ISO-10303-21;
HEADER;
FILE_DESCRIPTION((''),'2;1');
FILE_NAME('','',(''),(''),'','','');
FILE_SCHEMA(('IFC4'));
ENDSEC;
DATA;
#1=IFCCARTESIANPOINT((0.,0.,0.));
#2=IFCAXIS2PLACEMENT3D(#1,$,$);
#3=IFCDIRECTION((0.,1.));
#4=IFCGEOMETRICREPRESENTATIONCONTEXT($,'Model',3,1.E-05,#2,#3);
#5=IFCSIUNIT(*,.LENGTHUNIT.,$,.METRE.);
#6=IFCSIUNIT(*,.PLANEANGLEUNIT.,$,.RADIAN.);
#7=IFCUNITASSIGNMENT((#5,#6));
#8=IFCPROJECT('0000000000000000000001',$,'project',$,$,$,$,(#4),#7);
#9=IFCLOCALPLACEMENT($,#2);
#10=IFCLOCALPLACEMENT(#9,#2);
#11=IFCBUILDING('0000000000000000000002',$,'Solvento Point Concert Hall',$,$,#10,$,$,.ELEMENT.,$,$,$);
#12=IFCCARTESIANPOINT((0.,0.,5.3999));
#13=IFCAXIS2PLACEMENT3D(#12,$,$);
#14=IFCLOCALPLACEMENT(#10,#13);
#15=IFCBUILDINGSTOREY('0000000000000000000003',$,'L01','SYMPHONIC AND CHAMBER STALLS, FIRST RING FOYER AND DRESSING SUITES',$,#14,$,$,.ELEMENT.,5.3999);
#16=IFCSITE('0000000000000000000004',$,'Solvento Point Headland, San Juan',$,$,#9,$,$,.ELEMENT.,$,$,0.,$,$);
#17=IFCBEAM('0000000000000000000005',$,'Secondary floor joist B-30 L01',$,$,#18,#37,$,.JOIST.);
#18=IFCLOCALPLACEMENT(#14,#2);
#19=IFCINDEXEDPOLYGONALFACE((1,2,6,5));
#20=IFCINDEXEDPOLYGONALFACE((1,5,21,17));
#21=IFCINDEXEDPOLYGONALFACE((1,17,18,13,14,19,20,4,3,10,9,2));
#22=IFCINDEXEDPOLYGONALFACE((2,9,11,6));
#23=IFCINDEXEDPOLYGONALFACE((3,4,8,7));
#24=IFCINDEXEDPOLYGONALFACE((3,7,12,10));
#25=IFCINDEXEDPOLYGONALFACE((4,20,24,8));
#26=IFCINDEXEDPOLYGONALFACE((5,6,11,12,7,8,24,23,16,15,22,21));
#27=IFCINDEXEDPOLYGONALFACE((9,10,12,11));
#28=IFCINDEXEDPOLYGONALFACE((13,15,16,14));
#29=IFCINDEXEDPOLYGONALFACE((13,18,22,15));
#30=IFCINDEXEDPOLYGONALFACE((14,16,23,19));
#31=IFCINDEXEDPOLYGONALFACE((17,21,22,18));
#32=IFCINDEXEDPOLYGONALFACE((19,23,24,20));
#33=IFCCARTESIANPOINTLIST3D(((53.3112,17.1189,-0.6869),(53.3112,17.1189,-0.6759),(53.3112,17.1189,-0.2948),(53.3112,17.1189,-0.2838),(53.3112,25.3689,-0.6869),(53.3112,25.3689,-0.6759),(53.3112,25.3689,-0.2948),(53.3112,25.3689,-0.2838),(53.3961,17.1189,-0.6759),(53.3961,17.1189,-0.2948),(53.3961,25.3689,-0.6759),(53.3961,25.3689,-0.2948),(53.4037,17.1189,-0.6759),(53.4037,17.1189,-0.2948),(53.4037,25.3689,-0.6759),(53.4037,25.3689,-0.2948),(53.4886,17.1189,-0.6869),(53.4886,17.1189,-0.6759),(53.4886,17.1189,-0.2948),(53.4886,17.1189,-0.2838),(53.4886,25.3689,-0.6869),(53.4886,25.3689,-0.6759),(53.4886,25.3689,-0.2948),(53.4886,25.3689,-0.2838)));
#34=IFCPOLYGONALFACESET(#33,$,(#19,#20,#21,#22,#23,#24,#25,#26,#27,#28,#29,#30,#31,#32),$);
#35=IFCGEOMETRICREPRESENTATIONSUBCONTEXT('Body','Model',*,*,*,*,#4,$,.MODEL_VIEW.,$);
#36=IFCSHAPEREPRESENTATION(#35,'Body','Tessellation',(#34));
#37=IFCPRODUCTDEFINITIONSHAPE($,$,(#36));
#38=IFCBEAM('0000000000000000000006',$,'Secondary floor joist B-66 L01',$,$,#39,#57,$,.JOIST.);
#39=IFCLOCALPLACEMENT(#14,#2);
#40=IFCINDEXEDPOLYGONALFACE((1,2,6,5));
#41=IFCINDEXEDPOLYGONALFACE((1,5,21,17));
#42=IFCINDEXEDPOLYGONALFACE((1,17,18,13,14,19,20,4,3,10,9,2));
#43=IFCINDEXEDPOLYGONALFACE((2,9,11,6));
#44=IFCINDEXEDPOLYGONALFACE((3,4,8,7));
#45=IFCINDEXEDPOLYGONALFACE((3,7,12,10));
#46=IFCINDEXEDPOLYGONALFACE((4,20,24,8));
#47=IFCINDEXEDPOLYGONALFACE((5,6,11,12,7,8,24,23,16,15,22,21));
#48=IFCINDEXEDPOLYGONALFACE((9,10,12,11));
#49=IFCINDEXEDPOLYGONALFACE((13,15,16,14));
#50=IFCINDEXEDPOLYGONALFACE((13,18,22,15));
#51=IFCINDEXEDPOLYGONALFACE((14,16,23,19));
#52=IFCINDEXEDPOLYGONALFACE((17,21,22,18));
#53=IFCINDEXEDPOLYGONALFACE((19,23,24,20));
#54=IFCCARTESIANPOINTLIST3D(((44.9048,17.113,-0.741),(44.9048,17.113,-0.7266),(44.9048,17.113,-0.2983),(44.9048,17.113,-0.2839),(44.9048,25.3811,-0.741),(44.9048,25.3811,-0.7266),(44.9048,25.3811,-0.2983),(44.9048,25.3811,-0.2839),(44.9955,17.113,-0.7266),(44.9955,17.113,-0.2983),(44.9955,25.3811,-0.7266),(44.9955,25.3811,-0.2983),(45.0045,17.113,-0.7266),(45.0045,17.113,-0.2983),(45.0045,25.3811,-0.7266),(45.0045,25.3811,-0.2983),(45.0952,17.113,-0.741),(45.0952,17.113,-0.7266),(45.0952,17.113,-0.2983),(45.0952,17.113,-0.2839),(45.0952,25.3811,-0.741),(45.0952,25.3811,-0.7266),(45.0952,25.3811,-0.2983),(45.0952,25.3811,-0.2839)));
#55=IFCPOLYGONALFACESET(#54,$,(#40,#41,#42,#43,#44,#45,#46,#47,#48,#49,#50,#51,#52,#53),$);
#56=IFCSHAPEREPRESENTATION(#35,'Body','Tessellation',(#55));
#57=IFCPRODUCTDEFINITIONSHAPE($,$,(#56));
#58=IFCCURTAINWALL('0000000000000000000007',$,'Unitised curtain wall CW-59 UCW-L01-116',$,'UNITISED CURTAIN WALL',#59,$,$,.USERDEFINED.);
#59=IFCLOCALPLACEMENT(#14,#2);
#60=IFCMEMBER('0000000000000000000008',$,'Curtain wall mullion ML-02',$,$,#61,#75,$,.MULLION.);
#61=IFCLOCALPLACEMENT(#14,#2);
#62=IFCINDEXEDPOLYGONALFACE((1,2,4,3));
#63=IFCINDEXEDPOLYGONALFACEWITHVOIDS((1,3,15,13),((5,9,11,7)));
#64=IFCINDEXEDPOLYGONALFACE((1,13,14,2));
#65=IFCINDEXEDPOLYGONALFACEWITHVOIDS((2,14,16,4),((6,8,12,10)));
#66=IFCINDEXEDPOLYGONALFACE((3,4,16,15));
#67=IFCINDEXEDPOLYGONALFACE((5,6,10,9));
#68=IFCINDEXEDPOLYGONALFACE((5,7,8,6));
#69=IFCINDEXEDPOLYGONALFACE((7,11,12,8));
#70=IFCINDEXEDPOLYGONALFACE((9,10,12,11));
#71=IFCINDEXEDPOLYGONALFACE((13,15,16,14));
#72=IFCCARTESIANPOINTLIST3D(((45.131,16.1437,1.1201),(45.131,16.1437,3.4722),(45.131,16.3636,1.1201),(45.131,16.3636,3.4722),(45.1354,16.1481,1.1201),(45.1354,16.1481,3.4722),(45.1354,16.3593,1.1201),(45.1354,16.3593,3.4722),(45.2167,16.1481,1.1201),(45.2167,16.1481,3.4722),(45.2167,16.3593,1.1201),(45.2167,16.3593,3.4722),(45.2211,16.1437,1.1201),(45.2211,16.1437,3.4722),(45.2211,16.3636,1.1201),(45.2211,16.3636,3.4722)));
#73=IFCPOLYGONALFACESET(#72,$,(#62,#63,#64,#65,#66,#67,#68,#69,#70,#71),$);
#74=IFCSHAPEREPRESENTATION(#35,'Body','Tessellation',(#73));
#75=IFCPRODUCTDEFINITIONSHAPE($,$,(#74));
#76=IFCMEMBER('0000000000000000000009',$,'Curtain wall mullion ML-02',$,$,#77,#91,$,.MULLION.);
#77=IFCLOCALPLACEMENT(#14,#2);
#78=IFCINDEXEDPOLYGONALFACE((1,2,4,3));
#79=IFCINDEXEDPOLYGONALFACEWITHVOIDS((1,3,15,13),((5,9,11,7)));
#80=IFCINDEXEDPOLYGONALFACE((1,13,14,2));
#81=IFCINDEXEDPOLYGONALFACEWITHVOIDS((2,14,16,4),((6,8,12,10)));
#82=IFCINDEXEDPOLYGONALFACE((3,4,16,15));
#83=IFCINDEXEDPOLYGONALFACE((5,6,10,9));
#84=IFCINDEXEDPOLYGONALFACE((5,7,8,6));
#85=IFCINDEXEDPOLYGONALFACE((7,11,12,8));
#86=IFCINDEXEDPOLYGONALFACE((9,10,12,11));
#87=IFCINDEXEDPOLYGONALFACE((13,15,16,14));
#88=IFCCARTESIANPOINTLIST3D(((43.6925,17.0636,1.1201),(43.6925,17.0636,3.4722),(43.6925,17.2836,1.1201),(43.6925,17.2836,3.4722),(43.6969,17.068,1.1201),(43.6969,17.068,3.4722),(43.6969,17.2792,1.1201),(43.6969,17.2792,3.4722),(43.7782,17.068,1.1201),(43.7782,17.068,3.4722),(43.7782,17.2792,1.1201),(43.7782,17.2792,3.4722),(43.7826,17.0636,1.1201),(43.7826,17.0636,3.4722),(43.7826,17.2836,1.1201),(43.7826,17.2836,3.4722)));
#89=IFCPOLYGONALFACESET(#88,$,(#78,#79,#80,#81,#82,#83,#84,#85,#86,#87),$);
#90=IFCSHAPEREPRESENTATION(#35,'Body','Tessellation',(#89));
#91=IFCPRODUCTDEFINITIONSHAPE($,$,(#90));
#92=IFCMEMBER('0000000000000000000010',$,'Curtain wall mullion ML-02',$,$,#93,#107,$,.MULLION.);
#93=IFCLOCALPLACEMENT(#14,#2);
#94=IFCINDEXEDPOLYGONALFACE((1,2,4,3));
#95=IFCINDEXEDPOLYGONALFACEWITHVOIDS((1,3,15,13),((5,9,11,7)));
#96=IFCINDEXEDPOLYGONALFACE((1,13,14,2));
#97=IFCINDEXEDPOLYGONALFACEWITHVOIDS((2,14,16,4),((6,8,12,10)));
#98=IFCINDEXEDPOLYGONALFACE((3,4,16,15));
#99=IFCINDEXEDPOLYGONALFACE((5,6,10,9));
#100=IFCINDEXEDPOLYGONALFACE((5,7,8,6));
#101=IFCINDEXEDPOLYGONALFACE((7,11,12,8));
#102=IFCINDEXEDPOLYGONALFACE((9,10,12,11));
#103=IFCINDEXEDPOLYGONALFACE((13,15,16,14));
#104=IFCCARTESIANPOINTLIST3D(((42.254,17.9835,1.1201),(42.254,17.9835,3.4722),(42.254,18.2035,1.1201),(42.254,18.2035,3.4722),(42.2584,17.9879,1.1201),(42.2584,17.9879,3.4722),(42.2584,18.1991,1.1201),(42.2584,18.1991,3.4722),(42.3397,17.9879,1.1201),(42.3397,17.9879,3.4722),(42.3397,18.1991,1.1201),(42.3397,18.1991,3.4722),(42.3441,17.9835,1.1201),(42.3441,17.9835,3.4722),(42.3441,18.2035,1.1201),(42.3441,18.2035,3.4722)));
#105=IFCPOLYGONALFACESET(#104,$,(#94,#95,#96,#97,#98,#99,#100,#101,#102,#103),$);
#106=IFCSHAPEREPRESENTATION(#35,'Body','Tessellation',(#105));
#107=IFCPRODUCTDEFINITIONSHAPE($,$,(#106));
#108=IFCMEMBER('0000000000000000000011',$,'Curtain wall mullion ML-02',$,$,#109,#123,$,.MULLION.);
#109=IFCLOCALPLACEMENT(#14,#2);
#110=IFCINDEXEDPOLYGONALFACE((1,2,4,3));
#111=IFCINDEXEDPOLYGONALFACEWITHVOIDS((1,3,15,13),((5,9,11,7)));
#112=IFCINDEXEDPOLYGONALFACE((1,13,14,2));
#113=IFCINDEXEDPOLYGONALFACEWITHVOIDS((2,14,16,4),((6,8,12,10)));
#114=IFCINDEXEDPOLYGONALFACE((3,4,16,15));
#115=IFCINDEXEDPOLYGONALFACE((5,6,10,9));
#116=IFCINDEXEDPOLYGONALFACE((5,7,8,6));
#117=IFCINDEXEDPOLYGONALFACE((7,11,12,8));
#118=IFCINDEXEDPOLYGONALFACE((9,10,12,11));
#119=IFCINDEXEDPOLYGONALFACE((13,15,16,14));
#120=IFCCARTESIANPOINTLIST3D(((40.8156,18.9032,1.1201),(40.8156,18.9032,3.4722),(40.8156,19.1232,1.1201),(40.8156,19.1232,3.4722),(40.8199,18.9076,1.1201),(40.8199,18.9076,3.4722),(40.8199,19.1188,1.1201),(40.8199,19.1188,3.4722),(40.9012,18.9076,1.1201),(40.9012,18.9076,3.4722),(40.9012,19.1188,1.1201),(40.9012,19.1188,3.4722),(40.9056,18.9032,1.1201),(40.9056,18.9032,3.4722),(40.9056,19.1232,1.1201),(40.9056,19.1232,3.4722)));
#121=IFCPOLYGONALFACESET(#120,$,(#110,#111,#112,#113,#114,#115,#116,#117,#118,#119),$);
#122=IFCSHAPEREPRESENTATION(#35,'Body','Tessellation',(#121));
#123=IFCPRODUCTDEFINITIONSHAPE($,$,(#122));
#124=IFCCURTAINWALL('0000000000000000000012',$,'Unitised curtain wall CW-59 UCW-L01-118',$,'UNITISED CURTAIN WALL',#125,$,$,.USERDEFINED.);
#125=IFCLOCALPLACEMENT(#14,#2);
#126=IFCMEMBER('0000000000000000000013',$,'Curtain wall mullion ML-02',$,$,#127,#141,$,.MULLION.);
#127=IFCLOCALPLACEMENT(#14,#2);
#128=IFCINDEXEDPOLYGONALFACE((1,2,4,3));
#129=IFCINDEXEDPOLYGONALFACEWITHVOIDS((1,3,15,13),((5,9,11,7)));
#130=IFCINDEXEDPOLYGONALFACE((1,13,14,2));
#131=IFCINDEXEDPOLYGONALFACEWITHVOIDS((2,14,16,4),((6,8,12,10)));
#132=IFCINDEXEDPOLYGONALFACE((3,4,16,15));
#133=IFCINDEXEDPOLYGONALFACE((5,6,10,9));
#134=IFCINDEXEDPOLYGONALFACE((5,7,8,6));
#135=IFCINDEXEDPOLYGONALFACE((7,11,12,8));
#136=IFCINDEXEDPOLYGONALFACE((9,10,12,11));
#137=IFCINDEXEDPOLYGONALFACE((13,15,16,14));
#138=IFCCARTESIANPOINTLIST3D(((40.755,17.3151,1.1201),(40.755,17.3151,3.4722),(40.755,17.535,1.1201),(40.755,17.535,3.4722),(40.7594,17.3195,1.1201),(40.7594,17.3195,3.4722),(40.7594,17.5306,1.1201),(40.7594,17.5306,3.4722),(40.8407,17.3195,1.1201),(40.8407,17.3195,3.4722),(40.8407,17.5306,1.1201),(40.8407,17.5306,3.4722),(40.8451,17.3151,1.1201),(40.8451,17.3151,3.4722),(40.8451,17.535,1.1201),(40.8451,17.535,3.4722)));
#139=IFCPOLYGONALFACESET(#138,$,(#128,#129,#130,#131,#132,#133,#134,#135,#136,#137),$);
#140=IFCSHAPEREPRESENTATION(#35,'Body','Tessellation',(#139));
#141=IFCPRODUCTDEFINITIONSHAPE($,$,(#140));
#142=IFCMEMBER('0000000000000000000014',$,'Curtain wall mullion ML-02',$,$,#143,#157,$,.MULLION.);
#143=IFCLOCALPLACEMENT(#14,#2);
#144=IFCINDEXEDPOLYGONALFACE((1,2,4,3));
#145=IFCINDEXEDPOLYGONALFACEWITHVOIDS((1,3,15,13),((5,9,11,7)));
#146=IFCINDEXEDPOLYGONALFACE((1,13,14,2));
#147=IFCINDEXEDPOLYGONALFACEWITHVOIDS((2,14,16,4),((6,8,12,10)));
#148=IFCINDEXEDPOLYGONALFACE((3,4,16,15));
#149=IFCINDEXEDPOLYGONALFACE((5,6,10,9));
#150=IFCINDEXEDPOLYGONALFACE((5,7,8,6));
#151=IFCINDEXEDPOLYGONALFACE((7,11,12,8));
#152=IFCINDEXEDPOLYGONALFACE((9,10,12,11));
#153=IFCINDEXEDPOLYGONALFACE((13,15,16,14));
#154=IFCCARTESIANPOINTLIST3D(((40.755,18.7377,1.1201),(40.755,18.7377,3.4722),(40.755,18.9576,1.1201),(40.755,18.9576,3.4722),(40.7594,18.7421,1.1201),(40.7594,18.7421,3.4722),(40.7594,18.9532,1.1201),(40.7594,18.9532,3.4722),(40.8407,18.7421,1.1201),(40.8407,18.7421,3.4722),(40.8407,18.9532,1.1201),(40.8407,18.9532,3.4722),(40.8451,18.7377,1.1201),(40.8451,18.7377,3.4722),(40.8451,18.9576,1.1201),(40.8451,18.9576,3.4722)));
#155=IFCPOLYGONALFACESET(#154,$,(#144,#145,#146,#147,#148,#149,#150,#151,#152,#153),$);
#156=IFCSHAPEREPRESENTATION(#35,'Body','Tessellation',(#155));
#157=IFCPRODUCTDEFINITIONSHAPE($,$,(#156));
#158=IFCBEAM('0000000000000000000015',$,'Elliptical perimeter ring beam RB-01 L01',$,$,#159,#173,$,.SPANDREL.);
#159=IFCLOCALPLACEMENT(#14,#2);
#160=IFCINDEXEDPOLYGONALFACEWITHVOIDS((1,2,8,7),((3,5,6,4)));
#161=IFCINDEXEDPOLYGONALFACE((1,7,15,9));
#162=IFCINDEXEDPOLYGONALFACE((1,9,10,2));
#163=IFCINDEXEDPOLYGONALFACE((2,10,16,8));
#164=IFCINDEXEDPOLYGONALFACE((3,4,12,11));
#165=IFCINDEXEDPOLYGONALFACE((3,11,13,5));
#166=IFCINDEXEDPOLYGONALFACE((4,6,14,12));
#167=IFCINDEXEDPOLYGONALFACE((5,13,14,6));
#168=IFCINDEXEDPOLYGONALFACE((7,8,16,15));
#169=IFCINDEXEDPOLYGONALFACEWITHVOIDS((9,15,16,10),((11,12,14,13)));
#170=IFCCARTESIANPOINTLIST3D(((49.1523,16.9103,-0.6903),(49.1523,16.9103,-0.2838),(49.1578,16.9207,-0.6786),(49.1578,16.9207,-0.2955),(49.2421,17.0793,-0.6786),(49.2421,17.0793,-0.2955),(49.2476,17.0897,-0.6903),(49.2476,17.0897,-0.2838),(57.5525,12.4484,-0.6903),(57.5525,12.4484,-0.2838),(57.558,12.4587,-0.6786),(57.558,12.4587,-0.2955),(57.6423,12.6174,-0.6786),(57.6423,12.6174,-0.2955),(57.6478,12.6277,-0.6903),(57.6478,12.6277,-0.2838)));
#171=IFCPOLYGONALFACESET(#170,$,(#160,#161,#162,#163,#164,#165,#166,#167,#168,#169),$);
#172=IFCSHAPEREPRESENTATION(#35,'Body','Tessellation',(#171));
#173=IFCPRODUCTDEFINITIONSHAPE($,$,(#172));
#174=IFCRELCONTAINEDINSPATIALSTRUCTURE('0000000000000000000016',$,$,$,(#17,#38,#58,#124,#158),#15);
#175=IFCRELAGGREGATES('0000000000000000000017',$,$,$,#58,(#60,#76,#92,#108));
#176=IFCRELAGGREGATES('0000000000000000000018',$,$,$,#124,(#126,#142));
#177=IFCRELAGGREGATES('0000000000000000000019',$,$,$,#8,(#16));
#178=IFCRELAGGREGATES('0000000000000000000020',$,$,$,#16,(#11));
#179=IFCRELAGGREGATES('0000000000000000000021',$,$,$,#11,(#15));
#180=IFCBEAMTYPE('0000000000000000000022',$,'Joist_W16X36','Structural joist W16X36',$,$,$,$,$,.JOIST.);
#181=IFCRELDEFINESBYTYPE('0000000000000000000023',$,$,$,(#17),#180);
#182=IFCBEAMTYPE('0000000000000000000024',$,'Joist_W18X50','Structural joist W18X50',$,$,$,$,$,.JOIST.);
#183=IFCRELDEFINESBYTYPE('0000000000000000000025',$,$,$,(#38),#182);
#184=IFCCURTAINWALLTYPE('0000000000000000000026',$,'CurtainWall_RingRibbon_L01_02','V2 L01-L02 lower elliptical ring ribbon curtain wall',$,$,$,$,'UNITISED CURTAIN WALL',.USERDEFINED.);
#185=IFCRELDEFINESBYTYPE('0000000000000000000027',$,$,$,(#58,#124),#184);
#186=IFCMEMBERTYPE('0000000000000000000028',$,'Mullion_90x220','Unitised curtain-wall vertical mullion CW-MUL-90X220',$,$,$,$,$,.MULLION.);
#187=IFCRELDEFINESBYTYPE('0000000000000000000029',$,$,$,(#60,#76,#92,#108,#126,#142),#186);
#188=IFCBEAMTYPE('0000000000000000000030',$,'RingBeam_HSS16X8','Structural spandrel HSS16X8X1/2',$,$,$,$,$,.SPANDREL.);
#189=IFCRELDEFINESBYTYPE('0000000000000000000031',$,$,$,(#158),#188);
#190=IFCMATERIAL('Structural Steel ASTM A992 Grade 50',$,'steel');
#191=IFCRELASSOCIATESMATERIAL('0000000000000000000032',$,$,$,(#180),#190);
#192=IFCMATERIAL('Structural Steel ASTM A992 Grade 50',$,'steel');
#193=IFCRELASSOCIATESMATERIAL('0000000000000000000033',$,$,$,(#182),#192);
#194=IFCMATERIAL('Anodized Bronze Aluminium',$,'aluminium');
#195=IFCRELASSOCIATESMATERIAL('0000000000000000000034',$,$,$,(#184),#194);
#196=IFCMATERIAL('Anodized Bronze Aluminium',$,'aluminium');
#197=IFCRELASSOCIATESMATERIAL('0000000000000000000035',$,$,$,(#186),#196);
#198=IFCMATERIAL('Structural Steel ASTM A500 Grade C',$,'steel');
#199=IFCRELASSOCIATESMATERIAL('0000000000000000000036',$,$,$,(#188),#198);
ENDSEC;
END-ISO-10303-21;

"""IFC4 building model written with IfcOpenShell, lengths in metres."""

from ifc_helpers import new_model, si_unit, direction, frame, origin, origin_2d, place, context, subcontext, project, spatial, hollow_rectangle, i_section, extrude, material, material_profile, profile_set, type_object, element, aggregate, save


model = new_model("IFC4")

# Units and contexts
model_context = context("Model", 3, precision=1e-05, world=origin(), true_north=direction((0.0, 1.0)))
body_context = subcontext(model_context, "Body", "Model", "MODEL_VIEW")
ifc_project = project(units=[si_unit("LENGTHUNIT", "METRE"), si_unit("PLANEANGLEUNIT", "RADIAN")], contexts=[model_context])

# Site, building, storey
site_placement = place(None, origin())
site = spatial("IfcSite", under=ifc_project, at=site_placement, Name="Solvento Point Headland, San Juan", CompositionType="ELEMENT", RefElevation=0.0)
building_placement = place(site_placement, origin())
building = spatial("IfcBuilding", under=site, at=building_placement, Name="Solvento Point Concert Hall", CompositionType="ELEMENT")
storey_placement = place(building_placement, frame((0.0, 0.0, 5.3999)))
storey = spatial("IfcBuildingStorey", under=building, at=storey_placement, Name="L01", Description="SYMPHONIC AND CHAMBER STALLS, FIRST RING FOYER AND DRESSING SUITES", CompositionType="ELEMENT", Elevation=5.3999)

# Beams
ifc_material_1 = material(Name="Structural Steel ASTM A992 Grade 50", Category="steel")
ifc_material_profile_1 = material_profile(ifc_material_1, i_section(OverallWidth=0.1775, OverallDepth=0.4031, WebThickness=0.0076, FlangeThickness=0.011, at=origin_2d()), Name="W16X36")
ifc_profile_set_1 = profile_set([ifc_material_profile_1], Name="Structural Steel ASTM A992 Grade 50")
beam_type_1 = type_object("IfcBeamType", Name="Joist_W16X36", Description="Structural joist W16X36", PredefinedType="JOIST", material=ifc_profile_set_1)
for number, where, z_axis, x_axis, name in (
    (1, (53.3999, 17.1189, -0.4854), (0.0, 1.0, 0.0), (-1.0, 0.0, 0.0), "Secondary floor joist B-30 L01"),
):
    element("IfcBeam", number, at=place(storey_placement, frame(where, z_axis=z_axis, x_axis=x_axis)), inside=storey, type_object=beam_type_1, Name=name, PredefinedType="JOIST", context=body_context, shape_type="SweptSolid", body=[
        extrude(i_section(OverallWidth=0.1775, OverallDepth=0.4031, WebThickness=0.0076, FlangeThickness=0.011, at=origin_2d()), origin(), (0.0, 0.0, 1.0), 8.25),
    ])
ifc_material_2 = material(Name="Structural Steel ASTM A992 Grade 50", Category="steel")
ifc_material_profile_2 = material_profile(ifc_material_2, i_section(OverallWidth=0.1904, OverallDepth=0.457, WebThickness=0.009, FlangeThickness=0.0144, at=origin_2d()), Name="W18X50")
ifc_profile_set_2 = profile_set([ifc_material_profile_2], Name="Structural Steel ASTM A992 Grade 50")
beam_type_2 = type_object("IfcBeamType", Name="Joist_W18X50", Description="Structural joist W18X50", PredefinedType="JOIST", material=ifc_profile_set_2)
beam_1_placement = place(storey_placement, frame((45.0, 17.113, -0.5125), z_axis=(0.0, 1.0, 0.0), x_axis=(-1.0, 0.0, 0.0)))
element("IfcBeam", 2, at=beam_1_placement, inside=storey, type_object=beam_type_2, Name="Secondary floor joist B-66 L01", PredefinedType="JOIST", context=body_context, shape_type="SweptSolid", body=[
    extrude(i_section(OverallWidth=0.1904, OverallDepth=0.457, WebThickness=0.009, FlangeThickness=0.0144, at=origin_2d()), origin(), (0.0, 0.0, 1.0), 8.2681),
])

# Curtain walls, members
ifc_material_3 = material(Name="Anodized Bronze Aluminium", Category="aluminium")
curtain_wall_type = type_object("IfcCurtainWallType", Name="CurtainWall_RingRibbon_L01_02", Description="V2 L01-L02 lower elliptical ring ribbon curtain wall", ElementType="UNITISED CURTAIN WALL", PredefinedType="USERDEFINED", material=ifc_material_3)
curtain_wall_1_placement = place(storey_placement, origin())
curtain_wall_1 = element("IfcCurtainWall", 3, at=curtain_wall_1_placement, inside=storey, type_object=curtain_wall_type, Name="Unitised curtain wall CW-59 UCW-L01-116", ObjectType="UNITISED CURTAIN WALL", PredefinedType="USERDEFINED")
ifc_material_4 = material(Name="Anodized Bronze Aluminium", Category="aluminium")
ifc_material_profile_3 = material_profile(ifc_material_4, hollow_rectangle(XDim=0.0901, YDim=0.22, WallThickness=0.0044, at=origin_2d()), Name="CW-MUL-90X220")
ifc_profile_set_3 = profile_set([ifc_material_profile_3], Name="Anodized Bronze Aluminium")
member_type_1 = type_object("IfcMemberType", Name="Mullion_90x220", Description="Unitised curtain-wall vertical mullion CW-MUL-90X220", PredefinedType="MULLION", material=ifc_profile_set_3)
member_1_placement = place(storey_placement, frame((45.176, 16.2537, 1.1201), z_axis=(0.0, 0.0, 1.0), x_axis=(1.0, 0.0, 0.0)))
member_1 = element("IfcMember", 4, at=member_1_placement, type_object=member_type_1, Name="Curtain wall mullion ML-02", PredefinedType="MULLION", context=body_context, shape_type="SweptSolid", body=[
    extrude(hollow_rectangle(XDim=0.0901, YDim=0.22, WallThickness=0.0044, at=origin_2d()), origin(), (0.0, 0.0, 1.0), 2.3521),
])
member_2_placement = place(storey_placement, frame((43.7375, 17.1736, 1.1201), z_axis=(0.0, 0.0, 1.0), x_axis=(1.0, 0.0, 0.0)))
member_2 = element("IfcMember", 5, at=member_2_placement, type_object=member_type_1, Name="Curtain wall mullion ML-02", PredefinedType="MULLION", context=body_context, shape_type="SweptSolid", body=[
    extrude(hollow_rectangle(XDim=0.0901, YDim=0.22, WallThickness=0.0044, at=origin_2d()), origin(), (0.0, 0.0, 1.0), 2.3521),
])
member_3_placement = place(storey_placement, frame((42.2991, 18.0935, 1.1201), z_axis=(0.0, 0.0, 1.0), x_axis=(1.0, 0.0, 0.0)))
member_3 = element("IfcMember", 6, at=member_3_placement, type_object=member_type_1, Name="Curtain wall mullion ML-02", PredefinedType="MULLION", context=body_context, shape_type="SweptSolid", body=[
    extrude(hollow_rectangle(XDim=0.0901, YDim=0.22, WallThickness=0.0044, at=origin_2d()), origin(), (0.0, 0.0, 1.0), 2.3521),
])
member_4_placement = place(storey_placement, frame((40.8606, 19.0132, 1.1201), z_axis=(0.0, 0.0, 1.0), x_axis=(1.0, 0.0, 0.0)))
member_4 = element("IfcMember", 7, at=member_4_placement, type_object=member_type_1, Name="Curtain wall mullion ML-02", PredefinedType="MULLION", context=body_context, shape_type="SweptSolid", body=[
    extrude(hollow_rectangle(XDim=0.0901, YDim=0.22, WallThickness=0.0044, at=origin_2d()), origin(), (0.0, 0.0, 1.0), 2.3521),
])
curtain_wall_2_placement = place(storey_placement, origin())
curtain_wall_2 = element("IfcCurtainWall", 8, at=curtain_wall_2_placement, inside=storey, type_object=curtain_wall_type, Name="Unitised curtain wall CW-59 UCW-L01-118", ObjectType="UNITISED CURTAIN WALL", PredefinedType="USERDEFINED")
member_5_placement = place(storey_placement, frame((40.8, 17.425, 1.1201), z_axis=(0.0, 0.0, 1.0), x_axis=(1.0, 0.0, 0.0)))
member_5 = element("IfcMember", 9, at=member_5_placement, type_object=member_type_1, Name="Curtain wall mullion ML-02", PredefinedType="MULLION", context=body_context, shape_type="SweptSolid", body=[
    extrude(hollow_rectangle(XDim=0.0901, YDim=0.22, WallThickness=0.0044, at=origin_2d()), origin(), (0.0, 0.0, 1.0), 2.3521),
])
member_6_placement = place(storey_placement, frame((40.8, 18.8477, 1.1201), z_axis=(0.0, 0.0, 1.0), x_axis=(1.0, 0.0, 0.0)))
member_6 = element("IfcMember", 10, at=member_6_placement, type_object=member_type_1, Name="Curtain wall mullion ML-02", PredefinedType="MULLION", context=body_context, shape_type="SweptSolid", body=[
    extrude(hollow_rectangle(XDim=0.0901, YDim=0.22, WallThickness=0.0044, at=origin_2d()), origin(), (0.0, 0.0, 1.0), 2.3521),
])

# Beam
ifc_material_5 = material(Name="Structural Steel ASTM A500 Grade C", Category="steel")
ifc_material_profile_4 = material_profile(ifc_material_5, hollow_rectangle(XDim=0.2031, YDim=0.4065, WallThickness=0.0117, at=origin_2d()), Name="HSS16X8X1/2")
ifc_profile_set_4 = profile_set([ifc_material_profile_4], Name="Structural Steel ASTM A500 Grade C")
beam_type_3 = type_object("IfcBeamType", Name="RingBeam_HSS16X8", Description="Structural spandrel HSS16X8X1/2", PredefinedType="SPANDREL", material=ifc_profile_set_4)
beam_2_placement = place(storey_placement, frame((49.2, 17.0, -0.4871), z_axis=(0.883145, -0.469101, 0.0), x_axis=(0.469101, 0.883145, 0.0)))
element("IfcBeam", 11, at=beam_2_placement, inside=storey, type_object=beam_type_3, Name="Elliptical perimeter ring beam RB-01 L01", PredefinedType="SPANDREL", context=body_context, shape_type="SweptSolid", body=[
    extrude(hollow_rectangle(XDim=0.2031, YDim=0.4065, WallThickness=0.0117, at=origin_2d()), origin(), (0.0, 0.0, 1.0), 9.5117),
])

aggregate(curtain_wall_1, [member_1, member_2, member_3, member_4])
aggregate(curtain_wall_2, [member_5, member_6])

save(model, "model.ifc")
